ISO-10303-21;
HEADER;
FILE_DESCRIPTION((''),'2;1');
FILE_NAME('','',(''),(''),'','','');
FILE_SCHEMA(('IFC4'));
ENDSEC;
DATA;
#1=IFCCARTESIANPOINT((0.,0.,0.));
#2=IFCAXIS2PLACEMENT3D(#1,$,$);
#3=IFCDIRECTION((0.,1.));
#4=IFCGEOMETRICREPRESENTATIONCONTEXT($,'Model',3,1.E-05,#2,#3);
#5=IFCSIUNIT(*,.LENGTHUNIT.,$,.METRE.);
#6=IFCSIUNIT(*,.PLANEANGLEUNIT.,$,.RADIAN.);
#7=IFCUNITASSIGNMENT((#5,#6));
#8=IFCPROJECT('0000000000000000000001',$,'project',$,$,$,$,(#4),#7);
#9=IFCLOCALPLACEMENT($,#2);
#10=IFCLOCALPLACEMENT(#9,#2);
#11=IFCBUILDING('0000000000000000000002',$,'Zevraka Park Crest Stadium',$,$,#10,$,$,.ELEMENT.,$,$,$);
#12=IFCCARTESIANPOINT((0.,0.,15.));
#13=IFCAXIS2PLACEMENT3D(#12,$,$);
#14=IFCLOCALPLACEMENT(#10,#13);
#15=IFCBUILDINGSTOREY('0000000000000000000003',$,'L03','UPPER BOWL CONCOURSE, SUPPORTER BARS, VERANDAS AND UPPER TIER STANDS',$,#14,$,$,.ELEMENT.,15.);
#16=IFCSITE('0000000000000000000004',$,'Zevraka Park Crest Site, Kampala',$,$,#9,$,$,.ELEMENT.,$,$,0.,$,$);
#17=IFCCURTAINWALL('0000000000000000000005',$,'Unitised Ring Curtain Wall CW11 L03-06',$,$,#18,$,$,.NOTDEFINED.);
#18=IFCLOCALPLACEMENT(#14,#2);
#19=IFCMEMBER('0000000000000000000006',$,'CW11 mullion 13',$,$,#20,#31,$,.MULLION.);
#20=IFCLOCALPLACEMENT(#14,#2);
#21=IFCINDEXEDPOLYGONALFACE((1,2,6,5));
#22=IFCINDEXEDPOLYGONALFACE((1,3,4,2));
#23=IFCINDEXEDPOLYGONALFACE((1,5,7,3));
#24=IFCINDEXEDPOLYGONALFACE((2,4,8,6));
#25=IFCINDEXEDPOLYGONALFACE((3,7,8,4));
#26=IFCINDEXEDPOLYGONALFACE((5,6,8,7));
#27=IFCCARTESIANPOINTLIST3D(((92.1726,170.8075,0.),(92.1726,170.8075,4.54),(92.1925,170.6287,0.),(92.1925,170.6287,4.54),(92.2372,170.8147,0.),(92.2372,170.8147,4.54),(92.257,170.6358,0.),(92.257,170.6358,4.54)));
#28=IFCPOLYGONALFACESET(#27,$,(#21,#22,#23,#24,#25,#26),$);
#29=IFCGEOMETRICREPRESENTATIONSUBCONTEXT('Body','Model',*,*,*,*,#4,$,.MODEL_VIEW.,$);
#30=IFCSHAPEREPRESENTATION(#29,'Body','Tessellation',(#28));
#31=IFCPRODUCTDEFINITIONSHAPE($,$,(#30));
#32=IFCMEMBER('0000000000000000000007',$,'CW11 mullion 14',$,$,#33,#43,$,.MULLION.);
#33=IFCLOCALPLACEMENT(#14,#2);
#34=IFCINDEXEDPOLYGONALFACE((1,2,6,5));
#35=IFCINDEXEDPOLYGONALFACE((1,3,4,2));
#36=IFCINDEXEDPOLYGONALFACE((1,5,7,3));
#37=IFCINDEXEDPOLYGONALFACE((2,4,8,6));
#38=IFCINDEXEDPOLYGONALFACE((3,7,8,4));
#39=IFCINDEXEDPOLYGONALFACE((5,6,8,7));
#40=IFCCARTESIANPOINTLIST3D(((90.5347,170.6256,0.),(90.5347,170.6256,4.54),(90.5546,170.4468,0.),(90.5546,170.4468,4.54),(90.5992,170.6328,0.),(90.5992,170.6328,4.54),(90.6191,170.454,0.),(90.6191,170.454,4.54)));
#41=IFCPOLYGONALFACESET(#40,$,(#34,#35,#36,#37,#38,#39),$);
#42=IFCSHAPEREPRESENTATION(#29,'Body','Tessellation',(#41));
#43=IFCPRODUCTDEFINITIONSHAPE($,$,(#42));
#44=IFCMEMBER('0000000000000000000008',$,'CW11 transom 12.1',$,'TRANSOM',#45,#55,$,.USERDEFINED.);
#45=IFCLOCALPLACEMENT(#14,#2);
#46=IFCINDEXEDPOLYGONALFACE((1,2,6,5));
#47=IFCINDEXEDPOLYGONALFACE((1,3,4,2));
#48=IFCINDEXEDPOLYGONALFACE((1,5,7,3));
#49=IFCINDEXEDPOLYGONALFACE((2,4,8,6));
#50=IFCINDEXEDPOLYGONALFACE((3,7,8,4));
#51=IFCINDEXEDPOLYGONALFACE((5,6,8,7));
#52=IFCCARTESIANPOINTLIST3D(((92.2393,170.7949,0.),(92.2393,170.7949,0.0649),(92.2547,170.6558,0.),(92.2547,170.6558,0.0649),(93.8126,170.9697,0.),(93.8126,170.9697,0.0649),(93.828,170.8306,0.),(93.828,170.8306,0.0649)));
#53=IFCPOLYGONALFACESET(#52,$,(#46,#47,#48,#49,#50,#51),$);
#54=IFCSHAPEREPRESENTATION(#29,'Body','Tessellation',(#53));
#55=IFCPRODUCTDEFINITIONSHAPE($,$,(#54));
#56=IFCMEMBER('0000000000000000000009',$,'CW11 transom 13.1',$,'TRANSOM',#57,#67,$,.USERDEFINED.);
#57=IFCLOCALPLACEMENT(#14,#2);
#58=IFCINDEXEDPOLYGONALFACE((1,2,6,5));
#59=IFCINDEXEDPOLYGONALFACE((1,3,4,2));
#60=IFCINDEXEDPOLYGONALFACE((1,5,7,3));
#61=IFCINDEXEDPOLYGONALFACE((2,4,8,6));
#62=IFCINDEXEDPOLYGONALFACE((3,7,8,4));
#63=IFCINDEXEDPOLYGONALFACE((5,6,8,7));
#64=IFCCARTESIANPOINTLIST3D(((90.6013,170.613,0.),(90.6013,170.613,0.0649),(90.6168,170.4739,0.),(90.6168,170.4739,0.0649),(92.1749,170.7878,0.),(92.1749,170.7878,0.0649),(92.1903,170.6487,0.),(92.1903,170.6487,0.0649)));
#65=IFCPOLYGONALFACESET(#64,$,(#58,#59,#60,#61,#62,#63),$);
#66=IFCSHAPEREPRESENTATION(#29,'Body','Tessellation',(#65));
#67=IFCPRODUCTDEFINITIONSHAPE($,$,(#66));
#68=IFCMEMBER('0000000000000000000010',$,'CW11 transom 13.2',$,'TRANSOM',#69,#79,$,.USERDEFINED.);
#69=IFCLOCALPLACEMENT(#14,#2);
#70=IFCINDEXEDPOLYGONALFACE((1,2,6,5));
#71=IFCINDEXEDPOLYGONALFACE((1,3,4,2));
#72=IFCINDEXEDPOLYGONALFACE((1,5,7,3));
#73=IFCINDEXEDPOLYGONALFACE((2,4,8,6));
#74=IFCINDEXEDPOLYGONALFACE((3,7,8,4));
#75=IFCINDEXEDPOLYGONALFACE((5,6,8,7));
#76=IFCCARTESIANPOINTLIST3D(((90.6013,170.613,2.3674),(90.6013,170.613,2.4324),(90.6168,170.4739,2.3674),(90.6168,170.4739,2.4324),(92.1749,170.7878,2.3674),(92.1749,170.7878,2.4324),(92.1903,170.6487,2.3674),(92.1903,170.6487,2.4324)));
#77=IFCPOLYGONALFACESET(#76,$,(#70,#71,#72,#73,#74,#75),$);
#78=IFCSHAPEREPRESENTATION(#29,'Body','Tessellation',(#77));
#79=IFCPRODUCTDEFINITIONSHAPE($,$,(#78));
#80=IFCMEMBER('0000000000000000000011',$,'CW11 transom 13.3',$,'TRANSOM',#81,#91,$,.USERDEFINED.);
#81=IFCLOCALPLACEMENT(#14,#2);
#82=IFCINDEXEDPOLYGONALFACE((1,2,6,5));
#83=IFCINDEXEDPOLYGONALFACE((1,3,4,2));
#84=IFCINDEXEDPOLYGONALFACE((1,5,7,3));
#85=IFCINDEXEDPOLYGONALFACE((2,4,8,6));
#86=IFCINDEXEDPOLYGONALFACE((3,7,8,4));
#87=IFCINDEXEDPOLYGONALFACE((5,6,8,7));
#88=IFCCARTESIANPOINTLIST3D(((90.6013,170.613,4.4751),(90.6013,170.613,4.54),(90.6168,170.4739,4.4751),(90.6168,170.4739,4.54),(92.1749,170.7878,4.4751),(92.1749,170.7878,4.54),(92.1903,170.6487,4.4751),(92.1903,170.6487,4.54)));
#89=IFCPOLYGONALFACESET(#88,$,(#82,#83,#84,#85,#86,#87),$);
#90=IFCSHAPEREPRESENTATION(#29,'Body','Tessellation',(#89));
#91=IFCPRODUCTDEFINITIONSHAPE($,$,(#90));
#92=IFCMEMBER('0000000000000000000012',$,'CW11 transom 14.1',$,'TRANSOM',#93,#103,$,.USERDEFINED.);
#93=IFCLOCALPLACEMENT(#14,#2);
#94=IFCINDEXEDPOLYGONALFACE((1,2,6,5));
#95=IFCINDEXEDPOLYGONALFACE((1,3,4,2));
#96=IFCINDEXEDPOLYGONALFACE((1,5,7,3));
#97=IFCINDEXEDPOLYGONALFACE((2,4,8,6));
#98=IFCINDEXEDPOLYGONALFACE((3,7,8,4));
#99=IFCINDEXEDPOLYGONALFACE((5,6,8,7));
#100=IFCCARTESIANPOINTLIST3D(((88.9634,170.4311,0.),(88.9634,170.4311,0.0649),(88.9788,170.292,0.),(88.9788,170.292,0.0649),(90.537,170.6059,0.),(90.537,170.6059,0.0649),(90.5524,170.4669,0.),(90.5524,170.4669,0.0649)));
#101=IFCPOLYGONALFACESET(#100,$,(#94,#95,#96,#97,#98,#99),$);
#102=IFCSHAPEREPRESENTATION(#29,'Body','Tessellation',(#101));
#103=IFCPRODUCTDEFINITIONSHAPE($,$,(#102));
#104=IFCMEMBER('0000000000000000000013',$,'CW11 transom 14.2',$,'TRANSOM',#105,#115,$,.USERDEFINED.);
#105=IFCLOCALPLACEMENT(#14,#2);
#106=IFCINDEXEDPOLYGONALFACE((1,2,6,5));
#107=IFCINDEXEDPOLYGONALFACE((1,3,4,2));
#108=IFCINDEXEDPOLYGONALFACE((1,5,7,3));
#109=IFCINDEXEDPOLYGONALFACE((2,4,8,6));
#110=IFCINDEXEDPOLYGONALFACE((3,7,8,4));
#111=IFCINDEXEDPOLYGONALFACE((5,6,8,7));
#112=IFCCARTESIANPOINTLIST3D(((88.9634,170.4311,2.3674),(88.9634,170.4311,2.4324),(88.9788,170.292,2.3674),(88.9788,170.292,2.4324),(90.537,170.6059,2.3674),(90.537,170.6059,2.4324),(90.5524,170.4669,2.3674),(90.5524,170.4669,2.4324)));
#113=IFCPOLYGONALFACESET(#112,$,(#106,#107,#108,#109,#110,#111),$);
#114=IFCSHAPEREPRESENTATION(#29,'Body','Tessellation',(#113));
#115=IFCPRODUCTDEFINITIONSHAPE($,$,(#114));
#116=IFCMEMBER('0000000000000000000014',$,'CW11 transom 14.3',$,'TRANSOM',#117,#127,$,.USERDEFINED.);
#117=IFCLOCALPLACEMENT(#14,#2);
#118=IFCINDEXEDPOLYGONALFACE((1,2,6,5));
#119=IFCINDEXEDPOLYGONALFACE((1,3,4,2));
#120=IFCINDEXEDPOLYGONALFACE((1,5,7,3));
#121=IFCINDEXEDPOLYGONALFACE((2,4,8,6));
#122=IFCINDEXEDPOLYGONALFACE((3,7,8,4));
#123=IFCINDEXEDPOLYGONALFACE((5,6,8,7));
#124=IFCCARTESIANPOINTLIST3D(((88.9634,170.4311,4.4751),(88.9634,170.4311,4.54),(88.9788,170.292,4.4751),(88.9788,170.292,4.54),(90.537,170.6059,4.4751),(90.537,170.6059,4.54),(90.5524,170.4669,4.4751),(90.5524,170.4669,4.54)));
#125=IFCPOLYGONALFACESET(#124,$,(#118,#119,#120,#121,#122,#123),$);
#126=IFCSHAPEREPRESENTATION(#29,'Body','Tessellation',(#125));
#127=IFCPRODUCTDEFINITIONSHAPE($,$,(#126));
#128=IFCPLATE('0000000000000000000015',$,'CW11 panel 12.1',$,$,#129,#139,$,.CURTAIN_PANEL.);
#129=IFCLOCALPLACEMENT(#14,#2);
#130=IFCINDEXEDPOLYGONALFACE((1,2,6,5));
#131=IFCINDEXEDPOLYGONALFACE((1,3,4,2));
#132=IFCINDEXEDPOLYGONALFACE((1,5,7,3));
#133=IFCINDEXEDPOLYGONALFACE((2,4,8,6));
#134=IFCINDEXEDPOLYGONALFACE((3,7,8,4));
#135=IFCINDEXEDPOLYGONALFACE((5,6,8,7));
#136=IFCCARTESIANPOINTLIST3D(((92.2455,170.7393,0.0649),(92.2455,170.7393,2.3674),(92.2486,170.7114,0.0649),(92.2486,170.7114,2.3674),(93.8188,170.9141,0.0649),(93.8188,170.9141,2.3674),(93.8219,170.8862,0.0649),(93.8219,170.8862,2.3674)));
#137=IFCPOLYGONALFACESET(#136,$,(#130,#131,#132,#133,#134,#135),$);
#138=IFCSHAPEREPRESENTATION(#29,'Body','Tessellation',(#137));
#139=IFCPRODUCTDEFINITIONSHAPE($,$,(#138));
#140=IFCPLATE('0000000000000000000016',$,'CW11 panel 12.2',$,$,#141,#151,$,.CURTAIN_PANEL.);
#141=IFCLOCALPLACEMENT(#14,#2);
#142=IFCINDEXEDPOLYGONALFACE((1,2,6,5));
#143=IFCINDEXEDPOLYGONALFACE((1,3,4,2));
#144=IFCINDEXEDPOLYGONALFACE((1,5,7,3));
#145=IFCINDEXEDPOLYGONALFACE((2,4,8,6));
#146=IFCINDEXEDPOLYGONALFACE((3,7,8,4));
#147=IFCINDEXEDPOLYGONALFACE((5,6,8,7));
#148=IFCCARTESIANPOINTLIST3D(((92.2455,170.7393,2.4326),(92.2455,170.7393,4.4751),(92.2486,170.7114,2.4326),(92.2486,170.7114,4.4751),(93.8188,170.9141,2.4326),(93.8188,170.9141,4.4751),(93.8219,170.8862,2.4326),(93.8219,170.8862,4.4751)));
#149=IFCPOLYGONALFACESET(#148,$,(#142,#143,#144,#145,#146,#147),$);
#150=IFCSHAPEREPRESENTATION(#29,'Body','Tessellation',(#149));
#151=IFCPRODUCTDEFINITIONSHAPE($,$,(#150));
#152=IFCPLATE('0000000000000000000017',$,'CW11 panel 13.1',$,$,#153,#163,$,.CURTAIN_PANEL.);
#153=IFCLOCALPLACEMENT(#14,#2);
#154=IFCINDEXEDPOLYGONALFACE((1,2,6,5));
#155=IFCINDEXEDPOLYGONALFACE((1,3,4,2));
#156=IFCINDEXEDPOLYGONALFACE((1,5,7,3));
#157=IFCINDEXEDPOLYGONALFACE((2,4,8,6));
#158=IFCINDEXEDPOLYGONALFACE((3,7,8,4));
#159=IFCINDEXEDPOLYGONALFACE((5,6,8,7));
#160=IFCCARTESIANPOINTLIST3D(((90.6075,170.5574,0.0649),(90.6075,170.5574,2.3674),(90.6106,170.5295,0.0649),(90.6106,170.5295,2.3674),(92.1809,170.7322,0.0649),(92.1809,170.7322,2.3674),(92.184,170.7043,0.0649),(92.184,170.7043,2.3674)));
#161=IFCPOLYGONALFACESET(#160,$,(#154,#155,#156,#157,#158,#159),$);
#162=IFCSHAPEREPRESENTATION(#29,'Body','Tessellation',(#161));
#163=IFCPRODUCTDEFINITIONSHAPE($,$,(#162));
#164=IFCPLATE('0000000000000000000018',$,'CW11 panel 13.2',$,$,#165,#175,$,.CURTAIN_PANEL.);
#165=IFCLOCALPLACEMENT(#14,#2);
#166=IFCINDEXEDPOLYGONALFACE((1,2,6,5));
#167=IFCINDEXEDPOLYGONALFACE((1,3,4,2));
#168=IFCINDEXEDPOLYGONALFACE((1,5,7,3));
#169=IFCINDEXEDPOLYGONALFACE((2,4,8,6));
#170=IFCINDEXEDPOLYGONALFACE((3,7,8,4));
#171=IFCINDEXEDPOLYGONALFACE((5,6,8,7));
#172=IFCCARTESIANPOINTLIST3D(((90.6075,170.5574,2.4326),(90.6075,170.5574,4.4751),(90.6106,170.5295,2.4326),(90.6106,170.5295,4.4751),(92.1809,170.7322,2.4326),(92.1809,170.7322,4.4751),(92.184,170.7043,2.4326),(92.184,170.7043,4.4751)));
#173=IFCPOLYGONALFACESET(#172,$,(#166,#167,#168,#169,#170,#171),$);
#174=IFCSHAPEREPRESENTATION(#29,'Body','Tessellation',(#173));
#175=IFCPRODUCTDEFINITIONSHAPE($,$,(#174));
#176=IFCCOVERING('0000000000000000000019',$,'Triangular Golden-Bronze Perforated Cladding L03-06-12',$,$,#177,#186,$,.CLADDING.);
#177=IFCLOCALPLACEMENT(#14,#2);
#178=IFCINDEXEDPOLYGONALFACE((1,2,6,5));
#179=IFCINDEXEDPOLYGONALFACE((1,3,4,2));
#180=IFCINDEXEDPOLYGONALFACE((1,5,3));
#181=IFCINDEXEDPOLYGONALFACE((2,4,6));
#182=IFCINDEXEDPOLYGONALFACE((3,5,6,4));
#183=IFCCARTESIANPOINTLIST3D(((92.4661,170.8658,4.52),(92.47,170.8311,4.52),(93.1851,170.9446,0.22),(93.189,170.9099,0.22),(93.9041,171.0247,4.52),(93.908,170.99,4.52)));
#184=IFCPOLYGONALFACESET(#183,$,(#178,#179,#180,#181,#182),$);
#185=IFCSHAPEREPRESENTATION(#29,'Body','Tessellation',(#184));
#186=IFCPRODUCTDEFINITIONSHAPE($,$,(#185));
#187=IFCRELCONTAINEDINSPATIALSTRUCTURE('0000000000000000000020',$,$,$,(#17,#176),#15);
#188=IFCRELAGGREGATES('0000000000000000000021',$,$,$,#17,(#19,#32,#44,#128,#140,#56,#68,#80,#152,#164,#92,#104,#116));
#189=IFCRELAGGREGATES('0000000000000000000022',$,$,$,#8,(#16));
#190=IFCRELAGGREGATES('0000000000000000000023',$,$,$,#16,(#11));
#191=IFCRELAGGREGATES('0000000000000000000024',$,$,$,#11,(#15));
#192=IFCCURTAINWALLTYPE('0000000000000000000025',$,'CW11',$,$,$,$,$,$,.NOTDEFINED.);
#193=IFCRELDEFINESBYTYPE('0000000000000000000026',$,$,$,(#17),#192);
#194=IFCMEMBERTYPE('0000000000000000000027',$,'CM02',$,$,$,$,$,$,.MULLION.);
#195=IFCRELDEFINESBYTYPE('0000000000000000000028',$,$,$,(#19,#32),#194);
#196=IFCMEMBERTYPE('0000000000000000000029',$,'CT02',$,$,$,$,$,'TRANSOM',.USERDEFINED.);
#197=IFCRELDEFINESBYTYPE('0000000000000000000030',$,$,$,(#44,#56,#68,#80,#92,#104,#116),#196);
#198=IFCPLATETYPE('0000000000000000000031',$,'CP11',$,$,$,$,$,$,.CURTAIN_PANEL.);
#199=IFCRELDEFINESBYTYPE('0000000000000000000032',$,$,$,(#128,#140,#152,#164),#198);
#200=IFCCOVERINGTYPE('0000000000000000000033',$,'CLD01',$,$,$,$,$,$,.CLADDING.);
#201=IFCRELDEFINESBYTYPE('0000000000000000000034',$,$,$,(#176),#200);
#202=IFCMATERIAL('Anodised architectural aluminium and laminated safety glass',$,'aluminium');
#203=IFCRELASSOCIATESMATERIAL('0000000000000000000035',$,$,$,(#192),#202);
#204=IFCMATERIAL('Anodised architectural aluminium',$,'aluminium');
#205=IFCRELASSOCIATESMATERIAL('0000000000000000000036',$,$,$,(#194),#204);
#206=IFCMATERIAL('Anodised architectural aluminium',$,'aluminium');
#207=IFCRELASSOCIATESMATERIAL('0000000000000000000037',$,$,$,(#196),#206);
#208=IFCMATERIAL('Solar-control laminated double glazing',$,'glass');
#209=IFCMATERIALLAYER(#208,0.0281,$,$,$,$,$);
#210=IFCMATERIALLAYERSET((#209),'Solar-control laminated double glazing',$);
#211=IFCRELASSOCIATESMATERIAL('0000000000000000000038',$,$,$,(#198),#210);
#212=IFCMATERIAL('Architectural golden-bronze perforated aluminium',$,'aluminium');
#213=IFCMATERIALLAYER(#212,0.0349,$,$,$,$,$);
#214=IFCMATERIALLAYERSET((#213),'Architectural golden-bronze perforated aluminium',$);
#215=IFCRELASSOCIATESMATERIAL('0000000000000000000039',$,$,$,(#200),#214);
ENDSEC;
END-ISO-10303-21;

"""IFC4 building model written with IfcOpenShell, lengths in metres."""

from ifc_helpers import new_model, si_unit, direction, frame, origin, origin_2d, place, context, subcontext, project, spatial, polyline, rectangle, outline, extrude, material, layer, layer_set, material_profile, profile_set, type_object, element, aggregate, save


model = new_model("IFC4")

# Units and contexts
model_context = context("Model", 3, precision=1e-05, world=origin(), true_north=direction((0.0, 1.0)))
body_context = subcontext(model_context, "Body", "Model", "MODEL_VIEW")
ifc_project = project(units=[si_unit("LENGTHUNIT", "METRE"), si_unit("PLANEANGLEUNIT", "RADIAN")], contexts=[model_context])

# Site, building, storey
site_placement = place(None, origin())
site = spatial("IfcSite", under=ifc_project, at=site_placement, Name="Zevraka Park Crest Site, Kampala", CompositionType="ELEMENT", RefElevation=0.0)
building_placement = place(site_placement, origin())
building = spatial("IfcBuilding", under=site, at=building_placement, Name="Zevraka Park Crest Stadium", CompositionType="ELEMENT")
storey_placement = place(building_placement, frame((0.0, 0.0, 15.0)))
storey = spatial("IfcBuildingStorey", under=building, at=storey_placement, Name="L03", Description="UPPER BOWL CONCOURSE, SUPPORTER BARS, VERANDAS AND UPPER TIER STANDS", CompositionType="ELEMENT", Elevation=15.0)

# Curtain wall, members, plates
ifc_material_1 = material(Name="Anodised architectural aluminium and laminated safety glass", Category="aluminium")
curtain_wall_type = type_object("IfcCurtainWallType", Name="CW11", PredefinedType="NOTDEFINED", material=ifc_material_1)
curtain_wall_placement = place(storey_placement, origin())
curtain_wall = element("IfcCurtainWall", 1, at=curtain_wall_placement, inside=storey, type_object=curtain_wall_type, Name="Unitised Ring Curtain Wall CW11 L03-06", PredefinedType="NOTDEFINED")
ifc_material_2 = material(Name="Anodised architectural aluminium", Category="aluminium")
ifc_material_profile_1 = material_profile(ifc_material_2, rectangle(XDim=0.1799, YDim=0.0649, at=origin_2d()), Name="ALU MULLION 180x65")
ifc_profile_set_1 = profile_set([ifc_material_profile_1], Name="Anodised architectural aluminium")
member_type_1 = type_object("IfcMemberType", Name="CM02", PredefinedType="MULLION", material=ifc_profile_set_1)
member_1_placement = place(storey_placement, frame((92.2148, 170.7217, 0.0), z_axis=(0.0, 0.0, 1.0), x_axis=(0.110396, -0.993888, 0.0)))
member_1 = element("IfcMember", 2, at=member_1_placement, type_object=member_type_1, Name="CW11 mullion 13", PredefinedType="MULLION", context=body_context, shape_type="SweptSolid", body=[
    extrude(rectangle(XDim=0.1799, YDim=0.0649, at=origin_2d()), origin(), (0.0, 0.0, 1.0), 4.54),
])
member_2_placement = place(storey_placement, frame((90.5769, 170.5398, 0.0), z_axis=(0.0, 0.0, 1.0), x_axis=(0.110396, -0.993888, 0.0)))
member_2 = element("IfcMember", 3, at=member_2_placement, type_object=member_type_1, Name="CW11 mullion 14", PredefinedType="MULLION", context=body_context, shape_type="SweptSolid", body=[
    extrude(rectangle(XDim=0.1799, YDim=0.0649, at=origin_2d()), origin(), (0.0, 0.0, 1.0), 4.54),
])
ifc_material_3 = material(Name="Anodised architectural aluminium", Category="aluminium")
ifc_material_profile_2 = material_profile(ifc_material_3, rectangle(XDim=0.1399, YDim=0.0649, at=origin_2d()), Name="ALU TRANSOM 140x65")
ifc_profile_set_2 = profile_set([ifc_material_profile_2], Name="Anodised architectural aluminium")
member_type_2 = type_object("IfcMemberType", Name="CT02", ElementType="TRANSOM", PredefinedType="USERDEFINED", material=ifc_profile_set_2)
member_3_placement = place(storey_placement, frame((93.8203, 170.9001, 0.0325), z_axis=(-0.993884, -0.110432, 0.0), x_axis=(0.110432, -0.993884, 0.0)))
member_3 = element("IfcMember", 4, at=member_3_placement, type_object=member_type_2, Name="CW11 transom 12.1", ObjectType="TRANSOM", PredefinedType="USERDEFINED", context=body_context, shape_type="SweptSolid", body=[
    extrude(rectangle(XDim=0.1399, YDim=0.0649, at=origin_2d()), origin(), (0.0, 0.0, 1.0), 1.583),
])
member_4_placement = place(storey_placement, frame((92.1826, 170.7183, 0.0325), z_axis=(-0.993886, -0.110415, 0.0), x_axis=(0.110415, -0.993886, 0.0)))
member_4 = element("IfcMember", 5, at=member_4_placement, type_object=member_type_2, Name="CW11 transom 13.1", ObjectType="TRANSOM", PredefinedType="USERDEFINED", context=body_context, shape_type="SweptSolid", body=[
    extrude(rectangle(XDim=0.1399, YDim=0.0649, at=origin_2d()), origin(), (0.0, 0.0, 1.0), 1.5833),
])
member_5_placement = place(storey_placement, frame((92.1826, 170.7183, 2.3999), z_axis=(-0.993886, -0.110415, 0.0), x_axis=(0.110415, -0.993886, 0.0)))
member_5 = element("IfcMember", 6, at=member_5_placement, type_object=member_type_2, Name="CW11 transom 13.2", ObjectType="TRANSOM", PredefinedType="USERDEFINED", context=body_context, shape_type="SweptSolid", body=[
    extrude(rectangle(XDim=0.1399, YDim=0.0649, at=origin_2d()), origin(), (0.0, 0.0, 1.0), 1.5833),
])
member_6_placement = place(storey_placement, frame((92.1826, 170.7183, 4.5076), z_axis=(-0.993886, -0.110415, 0.0), x_axis=(0.110415, -0.993886, 0.0)))
member_6 = element("IfcMember", 7, at=member_6_placement, type_object=member_type_2, Name="CW11 transom 13.3", ObjectType="TRANSOM", PredefinedType="USERDEFINED", context=body_context, shape_type="SweptSolid", body=[
    extrude(rectangle(XDim=0.1399, YDim=0.0649, at=origin_2d()), origin(), (0.0, 0.0, 1.0), 1.5833),
])
member_7_placement = place(storey_placement, frame((90.5447, 170.5364, 0.0325), z_axis=(-0.993886, -0.110415, 0.0), x_axis=(0.110415, -0.993886, 0.0)))
member_7 = element("IfcMember", 8, at=member_7_placement, type_object=member_type_2, Name="CW11 transom 14.1", ObjectType="TRANSOM", PredefinedType="USERDEFINED", context=body_context, shape_type="SweptSolid", body=[
    extrude(rectangle(XDim=0.1399, YDim=0.0649, at=origin_2d()), origin(), (0.0, 0.0, 1.0), 1.5833),
])
member_8_placement = place(storey_placement, frame((90.5447, 170.5364, 2.3999), z_axis=(-0.993886, -0.110415, 0.0), x_axis=(0.110415, -0.993886, 0.0)))
member_8 = element("IfcMember", 9, at=member_8_placement, type_object=member_type_2, Name="CW11 transom 14.2", ObjectType="TRANSOM", PredefinedType="USERDEFINED", context=body_context, shape_type="SweptSolid", body=[
    extrude(rectangle(XDim=0.1399, YDim=0.0649, at=origin_2d()), origin(), (0.0, 0.0, 1.0), 1.5833),
])
member_9_placement = place(storey_placement, frame((90.5447, 170.5364, 4.5076), z_axis=(-0.993886, -0.110415, 0.0), x_axis=(0.110415, -0.993886, 0.0)))
member_9 = element("IfcMember", 10, at=member_9_placement, type_object=member_type_2, Name="CW11 transom 14.3", ObjectType="TRANSOM", PredefinedType="USERDEFINED", context=body_context, shape_type="SweptSolid", body=[
    extrude(rectangle(XDim=0.1399, YDim=0.0649, at=origin_2d()), origin(), (0.0, 0.0, 1.0), 1.5833),
])
ifc_material_4 = material(Name="Solar-control laminated double glazing", Category="glass")
ifc_layer_1 = layer(ifc_material_4, 0.0281)
ifc_layer_set_1 = layer_set([ifc_layer_1], Name="Solar-control laminated double glazing")
plate_type = type_object("IfcPlateType", Name="CP11", PredefinedType="CURTAIN_PANEL", material=ifc_layer_set_1)
plate_1_placement = place(storey_placement, frame((93.0337, 170.8127, 0.0649), z_axis=(0.0, 0.0, 1.0), x_axis=(-0.993888, -0.110396, 0.0)))
plate_1 = element("IfcPlate", 11, at=plate_1_placement, type_object=plate_type, Name="CW11 panel 12.1", PredefinedType="CURTAIN_PANEL", context=body_context, shape_type="SweptSolid", body=[
    extrude(rectangle(XDim=1.583, YDim=0.0281, at=origin_2d()), origin(), (0.0, 0.0, 1.0), 2.3025),
])
plate_2_placement = place(storey_placement, frame((93.0337, 170.8127, 2.4326), z_axis=(0.0, 0.0, 1.0), x_axis=(-0.993888, -0.110396, 0.0)))
plate_2 = element("IfcPlate", 12, at=plate_2_placement, type_object=plate_type, Name="CW11 panel 12.2", PredefinedType="CURTAIN_PANEL", context=body_context, shape_type="SweptSolid", body=[
    extrude(rectangle(XDim=1.583, YDim=0.0281, at=origin_2d()), origin(), (0.0, 0.0, 1.0), 2.0425),
])
plate_3_placement = place(storey_placement, frame((91.3958, 170.6309, 0.0649), z_axis=(0.0, 0.0, 1.0), x_axis=(-0.993888, -0.110396, 0.0)))
plate_3 = element("IfcPlate", 13, at=plate_3_placement, type_object=plate_type, Name="CW11 panel 13.1", PredefinedType="CURTAIN_PANEL", context=body_context, shape_type="SweptSolid", body=[
    extrude(rectangle(XDim=1.583, YDim=0.0281, at=origin_2d()), origin(), (0.0, 0.0, 1.0), 2.3025),
])
plate_4_placement = place(storey_placement, frame((91.3958, 170.6309, 2.4326), z_axis=(0.0, 0.0, 1.0), x_axis=(-0.993888, -0.110396, 0.0)))
plate_4 = element("IfcPlate", 14, at=plate_4_placement, type_object=plate_type, Name="CW11 panel 13.2", PredefinedType="CURTAIN_PANEL", context=body_context, shape_type="SweptSolid", body=[
    extrude(rectangle(XDim=1.583, YDim=0.0281, at=origin_2d()), origin(), (0.0, 0.0, 1.0), 2.0425),
])
aggregate(curtain_wall, [member_1, member_2, member_3, plate_1, plate_2, member_4, member_5, member_6, plate_3, plate_4, member_7, member_8, member_9])

# Covering
ifc_material_5 = material(Name="Architectural golden-bronze perforated aluminium", Category="aluminium")
ifc_layer_2 = layer(ifc_material_5, 0.0349)
ifc_layer_set_2 = layer_set([ifc_layer_2], Name="Architectural golden-bronze perforated aluminium")
covering_type = type_object("IfcCoveringType", Name="CLD01", PredefinedType="CLADDING", material=ifc_layer_set_2)
covering_1_placement = place(storey_placement, frame((92.47, 170.8311, 4.52), z_axis=(0.109857, -0.993947, 0.000141), x_axis=(0.993947, 0.109857, 0.0)))
element("IfcCovering", 15, at=covering_1_placement, inside=storey, type_object=covering_type, Name="Triangular Golden-Bronze Perforated Cladding L03-06-12", PredefinedType="CLADDING", context=body_context, shape_type="SweptSolid", body=[
    extrude(outline(polyline([(0.0, 0.0), (1.4467, 0.0), (0.7233, -4.3), (0.0, 0.0)])), origin(), (0.0, 0.0, -1.0), 0.0349),
])

save(model, "model.ifc")
